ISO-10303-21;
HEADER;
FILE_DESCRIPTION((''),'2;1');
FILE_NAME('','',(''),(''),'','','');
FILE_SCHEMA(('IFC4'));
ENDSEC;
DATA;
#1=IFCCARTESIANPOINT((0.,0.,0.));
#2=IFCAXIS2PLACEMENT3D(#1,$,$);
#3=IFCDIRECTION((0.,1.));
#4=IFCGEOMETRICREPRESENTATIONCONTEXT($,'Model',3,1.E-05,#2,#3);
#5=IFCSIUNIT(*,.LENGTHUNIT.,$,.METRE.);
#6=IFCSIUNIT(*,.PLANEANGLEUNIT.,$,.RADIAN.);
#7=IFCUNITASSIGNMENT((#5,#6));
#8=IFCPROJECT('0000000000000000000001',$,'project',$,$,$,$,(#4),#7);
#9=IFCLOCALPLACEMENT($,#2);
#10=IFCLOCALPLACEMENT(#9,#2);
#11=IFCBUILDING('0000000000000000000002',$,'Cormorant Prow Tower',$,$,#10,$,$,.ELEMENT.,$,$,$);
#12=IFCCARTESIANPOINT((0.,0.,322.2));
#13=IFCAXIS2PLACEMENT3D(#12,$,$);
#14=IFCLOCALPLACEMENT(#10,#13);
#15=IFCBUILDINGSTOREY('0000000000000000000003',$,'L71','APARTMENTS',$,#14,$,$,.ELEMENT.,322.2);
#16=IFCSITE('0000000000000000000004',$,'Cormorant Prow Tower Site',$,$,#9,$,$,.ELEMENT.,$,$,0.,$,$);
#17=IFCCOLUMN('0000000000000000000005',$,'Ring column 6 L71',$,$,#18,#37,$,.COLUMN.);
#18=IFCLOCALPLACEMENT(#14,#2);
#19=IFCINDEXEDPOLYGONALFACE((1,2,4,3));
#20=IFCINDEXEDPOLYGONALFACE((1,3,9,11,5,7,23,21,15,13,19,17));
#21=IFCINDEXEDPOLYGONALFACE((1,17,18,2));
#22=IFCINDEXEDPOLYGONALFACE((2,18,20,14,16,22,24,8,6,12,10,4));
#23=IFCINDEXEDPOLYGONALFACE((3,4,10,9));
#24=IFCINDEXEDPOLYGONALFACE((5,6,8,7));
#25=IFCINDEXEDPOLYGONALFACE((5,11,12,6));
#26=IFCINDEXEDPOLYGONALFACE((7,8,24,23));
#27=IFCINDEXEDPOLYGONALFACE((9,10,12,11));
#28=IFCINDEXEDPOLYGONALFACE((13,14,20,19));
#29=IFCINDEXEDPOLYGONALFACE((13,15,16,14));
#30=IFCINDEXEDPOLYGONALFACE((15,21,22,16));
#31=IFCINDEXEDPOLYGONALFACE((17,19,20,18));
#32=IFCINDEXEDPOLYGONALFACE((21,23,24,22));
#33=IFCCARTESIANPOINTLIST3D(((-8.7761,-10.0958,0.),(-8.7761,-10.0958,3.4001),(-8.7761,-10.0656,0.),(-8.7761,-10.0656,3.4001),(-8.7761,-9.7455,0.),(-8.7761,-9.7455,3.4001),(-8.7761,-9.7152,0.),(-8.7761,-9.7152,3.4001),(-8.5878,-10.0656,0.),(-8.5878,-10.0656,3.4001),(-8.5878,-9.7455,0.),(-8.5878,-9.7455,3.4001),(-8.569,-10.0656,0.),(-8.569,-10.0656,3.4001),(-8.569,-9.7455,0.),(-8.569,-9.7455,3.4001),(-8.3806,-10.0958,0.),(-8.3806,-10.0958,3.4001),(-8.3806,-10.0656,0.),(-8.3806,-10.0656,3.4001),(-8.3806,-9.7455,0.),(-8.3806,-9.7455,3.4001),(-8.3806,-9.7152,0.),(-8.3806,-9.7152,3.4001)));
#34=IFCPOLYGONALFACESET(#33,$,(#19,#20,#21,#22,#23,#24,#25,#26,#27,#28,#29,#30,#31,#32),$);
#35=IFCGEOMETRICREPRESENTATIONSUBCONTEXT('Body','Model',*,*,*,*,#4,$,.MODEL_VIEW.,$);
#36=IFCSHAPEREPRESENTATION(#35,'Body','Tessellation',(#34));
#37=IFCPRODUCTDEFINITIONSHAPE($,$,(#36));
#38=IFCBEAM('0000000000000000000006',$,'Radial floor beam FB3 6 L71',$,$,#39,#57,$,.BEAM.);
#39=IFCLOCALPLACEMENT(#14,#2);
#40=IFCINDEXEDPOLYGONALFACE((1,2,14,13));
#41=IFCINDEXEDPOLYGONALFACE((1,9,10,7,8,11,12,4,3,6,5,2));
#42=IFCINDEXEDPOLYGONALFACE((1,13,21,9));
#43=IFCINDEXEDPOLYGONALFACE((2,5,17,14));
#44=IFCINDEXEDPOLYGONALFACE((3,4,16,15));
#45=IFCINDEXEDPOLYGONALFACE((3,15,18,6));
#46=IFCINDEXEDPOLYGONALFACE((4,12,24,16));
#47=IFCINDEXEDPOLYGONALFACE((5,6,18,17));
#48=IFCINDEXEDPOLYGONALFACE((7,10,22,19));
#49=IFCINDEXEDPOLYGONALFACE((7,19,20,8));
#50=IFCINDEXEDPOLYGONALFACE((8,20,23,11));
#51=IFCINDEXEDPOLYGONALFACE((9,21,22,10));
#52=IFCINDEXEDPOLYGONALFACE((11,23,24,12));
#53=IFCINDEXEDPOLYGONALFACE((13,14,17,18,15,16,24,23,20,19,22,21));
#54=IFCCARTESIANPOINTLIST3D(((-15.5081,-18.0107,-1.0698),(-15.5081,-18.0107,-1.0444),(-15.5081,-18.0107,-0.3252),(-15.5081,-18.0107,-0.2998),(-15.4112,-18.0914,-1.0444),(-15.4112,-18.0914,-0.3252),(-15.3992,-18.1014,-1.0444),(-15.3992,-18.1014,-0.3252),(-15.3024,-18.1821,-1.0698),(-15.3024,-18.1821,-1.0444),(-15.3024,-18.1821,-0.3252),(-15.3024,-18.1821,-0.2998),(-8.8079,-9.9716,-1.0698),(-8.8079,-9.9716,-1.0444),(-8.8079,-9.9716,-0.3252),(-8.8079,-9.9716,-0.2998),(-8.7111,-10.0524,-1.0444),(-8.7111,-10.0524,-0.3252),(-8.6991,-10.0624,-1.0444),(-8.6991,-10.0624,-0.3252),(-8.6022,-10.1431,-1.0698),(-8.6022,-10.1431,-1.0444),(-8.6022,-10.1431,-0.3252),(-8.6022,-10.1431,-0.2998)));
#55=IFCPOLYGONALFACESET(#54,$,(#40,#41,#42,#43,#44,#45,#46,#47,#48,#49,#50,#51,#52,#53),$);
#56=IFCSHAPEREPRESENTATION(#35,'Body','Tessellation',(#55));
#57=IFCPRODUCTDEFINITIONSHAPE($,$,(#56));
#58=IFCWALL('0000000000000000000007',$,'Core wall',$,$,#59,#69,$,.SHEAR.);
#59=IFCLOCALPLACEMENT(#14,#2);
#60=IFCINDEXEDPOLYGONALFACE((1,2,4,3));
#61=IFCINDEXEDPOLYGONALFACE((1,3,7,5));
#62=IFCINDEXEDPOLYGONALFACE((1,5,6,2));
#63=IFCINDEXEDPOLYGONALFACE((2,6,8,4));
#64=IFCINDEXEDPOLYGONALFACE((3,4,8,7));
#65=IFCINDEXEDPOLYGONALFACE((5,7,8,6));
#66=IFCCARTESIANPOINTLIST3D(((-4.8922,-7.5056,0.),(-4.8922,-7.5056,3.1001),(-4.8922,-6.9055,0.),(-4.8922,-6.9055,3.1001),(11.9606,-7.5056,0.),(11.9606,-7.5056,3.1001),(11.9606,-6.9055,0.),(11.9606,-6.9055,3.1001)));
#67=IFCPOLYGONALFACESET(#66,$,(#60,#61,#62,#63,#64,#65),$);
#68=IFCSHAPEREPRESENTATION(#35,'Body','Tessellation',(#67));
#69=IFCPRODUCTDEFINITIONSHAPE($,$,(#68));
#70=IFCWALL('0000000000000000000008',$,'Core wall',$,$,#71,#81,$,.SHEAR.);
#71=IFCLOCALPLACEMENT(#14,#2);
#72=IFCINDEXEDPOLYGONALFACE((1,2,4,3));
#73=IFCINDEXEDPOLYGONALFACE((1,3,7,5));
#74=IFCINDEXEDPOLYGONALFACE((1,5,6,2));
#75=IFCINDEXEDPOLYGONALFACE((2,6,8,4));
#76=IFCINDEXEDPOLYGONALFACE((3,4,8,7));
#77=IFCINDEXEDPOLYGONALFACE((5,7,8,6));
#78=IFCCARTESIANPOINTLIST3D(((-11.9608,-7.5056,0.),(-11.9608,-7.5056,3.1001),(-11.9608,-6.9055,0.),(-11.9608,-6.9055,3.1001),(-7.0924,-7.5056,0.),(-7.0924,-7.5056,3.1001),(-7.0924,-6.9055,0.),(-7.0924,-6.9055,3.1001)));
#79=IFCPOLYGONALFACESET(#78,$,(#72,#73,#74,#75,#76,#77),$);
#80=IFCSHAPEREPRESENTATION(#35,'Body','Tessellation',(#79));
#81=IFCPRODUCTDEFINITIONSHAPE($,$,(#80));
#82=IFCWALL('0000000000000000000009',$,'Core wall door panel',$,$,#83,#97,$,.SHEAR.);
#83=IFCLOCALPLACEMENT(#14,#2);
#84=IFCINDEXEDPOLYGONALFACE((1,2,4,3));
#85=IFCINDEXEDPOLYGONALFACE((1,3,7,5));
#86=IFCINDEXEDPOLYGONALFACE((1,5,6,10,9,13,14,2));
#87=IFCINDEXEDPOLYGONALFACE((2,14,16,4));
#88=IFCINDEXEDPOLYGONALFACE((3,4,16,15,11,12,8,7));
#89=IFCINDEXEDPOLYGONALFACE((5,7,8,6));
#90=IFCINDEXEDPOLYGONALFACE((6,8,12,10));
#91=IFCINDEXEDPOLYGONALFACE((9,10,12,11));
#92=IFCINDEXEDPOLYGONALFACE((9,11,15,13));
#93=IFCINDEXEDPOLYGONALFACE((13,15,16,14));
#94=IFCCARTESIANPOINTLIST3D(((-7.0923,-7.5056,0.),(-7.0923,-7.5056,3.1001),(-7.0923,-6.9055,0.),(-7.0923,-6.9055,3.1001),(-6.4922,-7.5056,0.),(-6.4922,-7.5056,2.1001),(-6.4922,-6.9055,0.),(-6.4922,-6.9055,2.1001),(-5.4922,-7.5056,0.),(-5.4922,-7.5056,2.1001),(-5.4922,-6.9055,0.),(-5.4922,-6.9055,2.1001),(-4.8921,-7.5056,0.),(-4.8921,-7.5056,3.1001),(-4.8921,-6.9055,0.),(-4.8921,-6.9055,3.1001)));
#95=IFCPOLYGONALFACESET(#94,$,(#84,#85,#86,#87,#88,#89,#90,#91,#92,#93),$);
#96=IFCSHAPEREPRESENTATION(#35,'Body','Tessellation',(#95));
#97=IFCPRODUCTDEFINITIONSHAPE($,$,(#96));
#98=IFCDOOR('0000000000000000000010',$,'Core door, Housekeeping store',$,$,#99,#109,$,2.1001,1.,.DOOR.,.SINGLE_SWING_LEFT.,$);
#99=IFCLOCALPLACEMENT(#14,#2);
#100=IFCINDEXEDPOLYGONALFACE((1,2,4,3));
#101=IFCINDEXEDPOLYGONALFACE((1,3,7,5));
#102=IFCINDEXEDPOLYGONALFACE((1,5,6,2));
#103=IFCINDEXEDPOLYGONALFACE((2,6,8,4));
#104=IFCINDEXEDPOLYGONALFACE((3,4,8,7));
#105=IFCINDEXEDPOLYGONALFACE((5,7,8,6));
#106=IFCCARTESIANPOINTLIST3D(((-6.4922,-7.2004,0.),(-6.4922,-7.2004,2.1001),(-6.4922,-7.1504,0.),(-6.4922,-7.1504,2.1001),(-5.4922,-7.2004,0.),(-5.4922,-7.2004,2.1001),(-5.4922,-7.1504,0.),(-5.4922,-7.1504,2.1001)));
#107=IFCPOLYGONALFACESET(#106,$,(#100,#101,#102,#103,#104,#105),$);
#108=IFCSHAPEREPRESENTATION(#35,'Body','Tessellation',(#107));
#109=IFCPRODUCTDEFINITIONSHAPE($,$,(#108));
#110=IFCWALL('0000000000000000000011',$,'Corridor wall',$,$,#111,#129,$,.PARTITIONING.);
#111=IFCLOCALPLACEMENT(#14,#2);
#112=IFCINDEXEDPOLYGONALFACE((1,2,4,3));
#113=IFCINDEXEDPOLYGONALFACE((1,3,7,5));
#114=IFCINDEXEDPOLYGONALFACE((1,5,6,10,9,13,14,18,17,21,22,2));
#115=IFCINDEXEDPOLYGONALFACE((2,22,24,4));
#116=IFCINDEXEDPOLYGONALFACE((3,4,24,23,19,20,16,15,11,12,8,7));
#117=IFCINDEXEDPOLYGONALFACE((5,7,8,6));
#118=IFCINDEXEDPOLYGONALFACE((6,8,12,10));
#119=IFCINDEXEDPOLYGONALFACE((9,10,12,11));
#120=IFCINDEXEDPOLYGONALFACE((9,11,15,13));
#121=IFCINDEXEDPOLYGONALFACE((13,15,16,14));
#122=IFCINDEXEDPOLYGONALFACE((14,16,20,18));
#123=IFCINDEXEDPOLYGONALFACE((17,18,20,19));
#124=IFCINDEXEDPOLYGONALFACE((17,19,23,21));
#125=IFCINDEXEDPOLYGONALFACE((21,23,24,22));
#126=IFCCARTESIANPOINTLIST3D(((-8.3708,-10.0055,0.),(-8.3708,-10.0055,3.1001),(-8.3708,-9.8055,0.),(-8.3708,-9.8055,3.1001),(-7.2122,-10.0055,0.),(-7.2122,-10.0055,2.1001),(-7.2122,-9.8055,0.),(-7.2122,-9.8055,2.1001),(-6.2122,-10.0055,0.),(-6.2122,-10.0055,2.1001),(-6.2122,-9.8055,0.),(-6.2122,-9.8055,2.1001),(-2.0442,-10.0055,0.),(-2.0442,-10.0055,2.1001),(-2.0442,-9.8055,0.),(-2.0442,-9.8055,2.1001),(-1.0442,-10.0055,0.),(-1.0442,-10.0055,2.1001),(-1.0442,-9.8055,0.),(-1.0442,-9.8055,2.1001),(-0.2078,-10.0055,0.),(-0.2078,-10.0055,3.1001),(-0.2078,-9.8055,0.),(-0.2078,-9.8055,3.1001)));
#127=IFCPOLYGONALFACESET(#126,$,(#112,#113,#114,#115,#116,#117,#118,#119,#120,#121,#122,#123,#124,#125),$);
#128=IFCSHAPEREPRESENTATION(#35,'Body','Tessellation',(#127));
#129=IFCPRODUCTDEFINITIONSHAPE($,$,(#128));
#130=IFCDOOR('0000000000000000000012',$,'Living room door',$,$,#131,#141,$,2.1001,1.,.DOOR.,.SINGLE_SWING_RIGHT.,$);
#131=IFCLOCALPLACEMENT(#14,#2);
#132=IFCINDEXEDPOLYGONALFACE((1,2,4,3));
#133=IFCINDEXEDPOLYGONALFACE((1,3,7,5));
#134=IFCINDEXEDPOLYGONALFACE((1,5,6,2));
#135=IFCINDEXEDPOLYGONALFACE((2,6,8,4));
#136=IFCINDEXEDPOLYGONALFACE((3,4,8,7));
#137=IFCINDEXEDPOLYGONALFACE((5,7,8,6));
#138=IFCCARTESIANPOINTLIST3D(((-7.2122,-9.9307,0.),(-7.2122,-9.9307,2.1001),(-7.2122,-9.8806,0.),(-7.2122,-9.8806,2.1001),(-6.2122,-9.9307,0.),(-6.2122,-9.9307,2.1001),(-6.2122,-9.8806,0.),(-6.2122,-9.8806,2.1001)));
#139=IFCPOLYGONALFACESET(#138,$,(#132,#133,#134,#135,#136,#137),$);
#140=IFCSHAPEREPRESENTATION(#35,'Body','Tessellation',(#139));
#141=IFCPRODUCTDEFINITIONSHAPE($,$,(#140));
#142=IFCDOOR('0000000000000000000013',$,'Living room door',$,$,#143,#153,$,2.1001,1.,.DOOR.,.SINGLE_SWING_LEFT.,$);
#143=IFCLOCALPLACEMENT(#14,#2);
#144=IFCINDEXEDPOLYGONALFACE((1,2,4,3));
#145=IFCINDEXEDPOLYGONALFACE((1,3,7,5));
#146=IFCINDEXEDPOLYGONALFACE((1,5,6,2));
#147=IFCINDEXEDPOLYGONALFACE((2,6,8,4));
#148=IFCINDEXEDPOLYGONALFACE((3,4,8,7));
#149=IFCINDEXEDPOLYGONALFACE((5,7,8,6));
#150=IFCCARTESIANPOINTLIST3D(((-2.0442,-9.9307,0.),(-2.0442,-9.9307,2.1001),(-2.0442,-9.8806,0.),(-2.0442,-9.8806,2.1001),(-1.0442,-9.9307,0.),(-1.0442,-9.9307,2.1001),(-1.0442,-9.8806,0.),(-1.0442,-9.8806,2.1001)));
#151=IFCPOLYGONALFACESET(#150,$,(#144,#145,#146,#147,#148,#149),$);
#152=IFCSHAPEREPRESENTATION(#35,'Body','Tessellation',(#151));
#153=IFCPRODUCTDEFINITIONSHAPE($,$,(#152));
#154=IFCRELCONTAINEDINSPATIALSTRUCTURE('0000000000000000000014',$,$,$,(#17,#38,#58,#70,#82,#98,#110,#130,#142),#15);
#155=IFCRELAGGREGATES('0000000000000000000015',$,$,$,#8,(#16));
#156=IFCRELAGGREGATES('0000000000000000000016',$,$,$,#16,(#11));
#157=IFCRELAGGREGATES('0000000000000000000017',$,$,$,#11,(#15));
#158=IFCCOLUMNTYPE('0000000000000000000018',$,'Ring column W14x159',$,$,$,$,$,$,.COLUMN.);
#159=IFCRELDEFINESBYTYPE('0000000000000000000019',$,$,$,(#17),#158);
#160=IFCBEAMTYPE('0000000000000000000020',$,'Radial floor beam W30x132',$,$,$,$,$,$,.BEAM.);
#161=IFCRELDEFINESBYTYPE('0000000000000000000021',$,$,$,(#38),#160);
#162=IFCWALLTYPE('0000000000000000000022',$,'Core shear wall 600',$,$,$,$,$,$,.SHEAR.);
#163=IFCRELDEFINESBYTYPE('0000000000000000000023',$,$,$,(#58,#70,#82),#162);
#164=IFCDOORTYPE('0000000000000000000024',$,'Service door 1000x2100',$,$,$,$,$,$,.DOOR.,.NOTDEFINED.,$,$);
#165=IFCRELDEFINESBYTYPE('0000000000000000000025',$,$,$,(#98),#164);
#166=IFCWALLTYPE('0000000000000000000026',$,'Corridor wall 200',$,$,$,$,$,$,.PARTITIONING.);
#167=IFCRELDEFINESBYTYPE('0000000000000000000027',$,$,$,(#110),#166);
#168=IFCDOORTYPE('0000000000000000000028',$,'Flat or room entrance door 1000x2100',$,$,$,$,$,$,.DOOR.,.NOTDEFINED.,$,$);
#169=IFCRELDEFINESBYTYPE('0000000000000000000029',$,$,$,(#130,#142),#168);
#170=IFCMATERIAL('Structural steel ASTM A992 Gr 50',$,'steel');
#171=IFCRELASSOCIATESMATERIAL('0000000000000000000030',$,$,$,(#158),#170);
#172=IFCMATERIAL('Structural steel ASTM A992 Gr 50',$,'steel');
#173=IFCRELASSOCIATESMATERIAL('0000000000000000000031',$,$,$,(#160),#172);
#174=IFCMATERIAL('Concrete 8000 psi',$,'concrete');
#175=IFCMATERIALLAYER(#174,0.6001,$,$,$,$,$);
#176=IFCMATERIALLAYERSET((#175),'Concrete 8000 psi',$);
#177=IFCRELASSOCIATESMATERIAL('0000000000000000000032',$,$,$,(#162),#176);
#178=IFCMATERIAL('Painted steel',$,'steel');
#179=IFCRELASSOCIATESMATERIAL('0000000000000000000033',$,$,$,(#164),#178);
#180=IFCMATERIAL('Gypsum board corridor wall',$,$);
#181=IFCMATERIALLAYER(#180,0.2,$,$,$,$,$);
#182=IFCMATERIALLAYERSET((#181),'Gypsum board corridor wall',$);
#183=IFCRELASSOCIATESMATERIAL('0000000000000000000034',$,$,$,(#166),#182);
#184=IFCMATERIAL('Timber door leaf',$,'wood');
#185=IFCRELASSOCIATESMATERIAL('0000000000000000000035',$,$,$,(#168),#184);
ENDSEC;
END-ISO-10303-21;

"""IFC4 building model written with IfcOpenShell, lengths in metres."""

from ifc_helpers import new_model, si_unit, direction, frame, frame_2d, origin, origin_2d, place, context, subcontext, project, spatial, rectangle, i_section, extrude, material, layer, layer_set, material_profile, profile_set, type_object, element, fill, save


model = new_model("IFC4")

# Units and contexts
model_context = context("Model", 3, precision=1e-05, world=origin(), true_north=direction((0.0, 1.0)))
body_context = subcontext(model_context, "Body", "Model", "MODEL_VIEW")
ifc_project = project(units=[si_unit("LENGTHUNIT", "METRE"), si_unit("PLANEANGLEUNIT", "RADIAN")], contexts=[model_context])

# Site, building, storey
site_placement = place(None, origin())
site = spatial("IfcSite", under=ifc_project, at=site_placement, Name="Cormorant Prow Tower Site", CompositionType="ELEMENT", RefElevation=0.0)
building_placement = place(site_placement, origin())
building = spatial("IfcBuilding", under=site, at=building_placement, Name="Cormorant Prow Tower", CompositionType="ELEMENT")
storey_placement = place(building_placement, frame((0.0, 0.0, 322.2)))
storey = spatial("IfcBuildingStorey", under=building, at=storey_placement, Name="L71", Description="APARTMENTS", CompositionType="ELEMENT", Elevation=322.2)

# Column
ifc_material_1 = material(Name="Structural steel ASTM A992 Gr 50", Category="steel")
ifc_material_profile_1 = material_profile(ifc_material_1, i_section(OverallWidth=0.3955, OverallDepth=0.3806, WebThickness=0.0188, FlangeThickness=0.0303, at=origin_2d()), Name="W14x159")
ifc_profile_set_1 = profile_set([ifc_material_profile_1], Name="Structural steel ASTM A992 Gr 50")
column_type = type_object("IfcColumnType", Name="Ring column W14x159", PredefinedType="COLUMN", material=ifc_profile_set_1)
column_placement = place(storey_placement, frame((-8.5784, -9.9055, 0.0), z_axis=(0.0, 0.0, 1.0), x_axis=(1.0, 0.0, 0.0)))
element("IfcColumn", 1, at=column_placement, inside=storey, type_object=column_type, Name="Ring column 6 L71", PredefinedType="COLUMN", context=body_context, shape_type="SweptSolid", body=[
    extrude(i_section(OverallWidth=0.3955, OverallDepth=0.3806, WebThickness=0.0188, FlangeThickness=0.0303, at=origin_2d()), origin(), (0.0, 0.0, 1.0), 3.4001),
])

# Beam
ifc_material_2 = material(Name="Structural steel ASTM A992 Gr 50", Category="steel")
ifc_material_profile_2 = material_profile(ifc_material_2, i_section(OverallWidth=0.2678, OverallDepth=0.77, WebThickness=0.0156, FlangeThickness=0.0254, at=origin_2d()), Name="W30x132")
ifc_profile_set_2 = profile_set([ifc_material_profile_2], Name="Structural steel ASTM A992 Gr 50")
beam_type = type_object("IfcBeamType", Name="Radial floor beam W30x132", PredefinedType="BEAM", material=ifc_profile_set_2)
beam_placement = place(storey_placement, frame((-8.7051, -10.0574, -0.6848), z_axis=(-0.640239, -0.768175, 0.0), x_axis=(0.768175, -0.640239, 0.0)))
element("IfcBeam", 2, at=beam_placement, inside=storey, type_object=beam_type, Name="Radial floor beam FB3 6 L71", PredefinedType="BEAM", context=body_context, shape_type="SweptSolid", body=[
    extrude(i_section(OverallWidth=0.2678, OverallDepth=0.77, WebThickness=0.0156, FlangeThickness=0.0254, at=origin_2d()), origin(), (0.0, 0.0, 1.0), 10.4651),
])

# Walls
ifc_material_3 = material(Name="Concrete 8000 psi", Category="concrete")
ifc_layer_1 = layer(ifc_material_3, 0.6001)
ifc_layer_set_1 = layer_set([ifc_layer_1], Name="Concrete 8000 psi")
wall_type_1 = type_object("IfcWallType", Name="Core shear wall 600", PredefinedType="SHEAR", material=ifc_layer_set_1)
wall_1_placement = place(storey_placement, frame((-4.8921, -7.2056, 0.0), z_axis=(0.0, 0.0, 1.0), x_axis=(1.0, 0.0, 0.0)))
element("IfcWall", 3, at=wall_1_placement, inside=storey, type_object=wall_type_1, Name="Core wall", PredefinedType="SHEAR", context=body_context, shape_type="SweptSolid", body=[
    extrude(rectangle(XDim=16.8528, YDim=0.6001, at=frame_2d((8.4263, 0.0))), origin(), (0.0, 0.0, 1.0), 3.1001),
])
wall_2_placement = place(storey_placement, frame((-11.9607, -7.2056, 0.0), z_axis=(0.0, 0.0, 1.0), x_axis=(1.0, 0.0, 0.0)))
element("IfcWall", 4, at=wall_2_placement, inside=storey, type_object=wall_type_1, Name="Core wall", PredefinedType="SHEAR", context=body_context, shape_type="SweptSolid", body=[
    extrude(rectangle(XDim=4.8684, YDim=0.6001, at=frame_2d((2.4341, 0.0))), origin(), (0.0, 0.0, 1.0), 3.1001),
])

# Wall, opening, door
wall_3_placement = place(storey_placement, frame((-7.0923, -7.2056, 0.0), z_axis=(0.0, 0.0, 1.0), x_axis=(1.0, 0.0, 0.0)))
wall_3 = element("IfcWall", 5, at=wall_3_placement, inside=storey, type_object=wall_type_1, Name="Core wall door panel", PredefinedType="SHEAR", context=body_context, shape_type="SweptSolid", body=[
    extrude(rectangle(XDim=2.2002, YDim=0.6001, at=frame_2d((1.1001, 0.0))), origin(), (0.0, 0.0, 1.0), 3.1001),
])
opening_1_placement = place(wall_3_placement, frame((0.6001, 0.0, 0.0)))
opening_1 = element("IfcOpeningElement", 6, at=opening_1_placement, cuts=wall_3, PredefinedType="OPENING", context=body_context, shape_type="SweptSolid", body=[
    extrude(rectangle(XDim=1.0, YDim=2.1001, at=frame_2d((0.5, 1.05))), frame((0.0, 0.3101, 0.0), z_axis=(0.0, -1.0, 0.0), x_axis=(1.0, 0.0, 0.0)), (0.0, 0.0, 1.0), 0.6201),
])
ifc_material_4 = material(Name="Painted steel", Category="steel")
door_type_1 = type_object("IfcDoorType", Name="Service door 1000x2100", OperationType="NOTDEFINED", PredefinedType="DOOR", material=ifc_material_4)
door_1_placement = place(opening_1_placement, origin())
door_1 = element("IfcDoor", 7, at=door_1_placement, inside=storey, type_object=door_type_1, Name="Core door, Housekeeping store", OperationType="SINGLE_SWING_LEFT", OverallHeight=2.1001, OverallWidth=1.0, PredefinedType="DOOR", context=body_context, shape_type="SweptSolid", body=[
    extrude(rectangle(XDim=1.0, YDim=2.1001, at=frame_2d((0.5, 1.05))), frame((0.0, 0.0552, 0.0), z_axis=(0.0, -1.0, 0.0), x_axis=(1.0, 0.0, 0.0)), (0.0, 0.0, 1.0), 0.05),
])
fill(opening_1, door_1)

# Wall, openings, doors
ifc_material_5 = material(Name="Gypsum board corridor wall")
ifc_layer_2 = layer(ifc_material_5, 0.2)
ifc_layer_set_2 = layer_set([ifc_layer_2], Name="Gypsum board corridor wall")
wall_type_2 = type_object("IfcWallType", Name="Corridor wall 200", PredefinedType="PARTITIONING", material=ifc_layer_set_2)
wall_4_placement = place(storey_placement, frame((-8.3708, -9.9055, 0.0), z_axis=(0.0, 0.0, 1.0), x_axis=(1.0, 0.0, 0.0)))
wall_4 = element("IfcWall", 8, at=wall_4_placement, inside=storey, type_object=wall_type_2, Name="Corridor wall", PredefinedType="PARTITIONING", context=body_context, shape_type="SweptSolid", body=[
    extrude(rectangle(XDim=8.1631, YDim=0.2, at=frame_2d((4.0815, 0.0))), origin(), (0.0, 0.0, 1.0), 3.1001),
])
opening_2_placement = place(wall_4_placement, frame((1.1587, 0.0, 0.0)))
opening_2 = element("IfcOpeningElement", 9, at=opening_2_placement, cuts=wall_4, PredefinedType="OPENING", context=body_context, shape_type="SweptSolid", body=[
    extrude(rectangle(XDim=1.0, YDim=2.1001, at=frame_2d((0.5, 1.05))), frame((0.0, 0.1099, 0.0), z_axis=(0.0, -1.0, 0.0), x_axis=(1.0, 0.0, 0.0)), (0.0, 0.0, 1.0), 0.22),
])
opening_3_placement = place(wall_4_placement, frame((6.3267, 0.0, 0.0)))
opening_3 = element("IfcOpeningElement", 10, at=opening_3_placement, cuts=wall_4, PredefinedType="OPENING", context=body_context, shape_type="SweptSolid", body=[
    extrude(rectangle(XDim=1.0, YDim=2.1001, at=frame_2d((0.5, 1.05))), frame((0.0, 0.1099, 0.0), z_axis=(0.0, -1.0, 0.0), x_axis=(1.0, 0.0, 0.0)), (0.0, 0.0, 1.0), 0.22),
])
ifc_material_6 = material(Name="Timber door leaf", Category="wood")
door_type_2 = type_object("IfcDoorType", Name="Flat or room entrance door 1000x2100", OperationType="NOTDEFINED", PredefinedType="DOOR", material=ifc_material_6)
door_2_placement = place(opening_2_placement, origin())
door_2 = element("IfcDoor", 11, at=door_2_placement, inside=storey, type_object=door_type_2, Name="Living room door", OperationType="SINGLE_SWING_RIGHT", OverallHeight=2.1001, OverallWidth=1.0, PredefinedType="DOOR", context=body_context, shape_type="SweptSolid", body=[
    extrude(rectangle(XDim=1.0, YDim=2.1001, at=frame_2d((0.5, 1.05))), frame((0.0, 0.0249, 0.0), z_axis=(0.0, -1.0, 0.0), x_axis=(1.0, 0.0, 0.0)), (0.0, 0.0, 1.0), 0.05),
])
fill(opening_2, door_2)
door_3_placement = place(opening_3_placement, origin())
door_3 = element("IfcDoor", 12, at=door_3_placement, inside=storey, type_object=door_type_2, Name="Living room door", OperationType="SINGLE_SWING_LEFT", OverallHeight=2.1001, OverallWidth=1.0, PredefinedType="DOOR", context=body_context, shape_type="SweptSolid", body=[
    extrude(rectangle(XDim=1.0, YDim=2.1001, at=frame_2d((0.5, 1.05))), frame((0.0, 0.0249, 0.0), z_axis=(0.0, -1.0, 0.0), x_axis=(1.0, 0.0, 0.0)), (0.0, 0.0, 1.0), 0.05),
])
fill(opening_3, door_3)

save(model, "model.ifc")
